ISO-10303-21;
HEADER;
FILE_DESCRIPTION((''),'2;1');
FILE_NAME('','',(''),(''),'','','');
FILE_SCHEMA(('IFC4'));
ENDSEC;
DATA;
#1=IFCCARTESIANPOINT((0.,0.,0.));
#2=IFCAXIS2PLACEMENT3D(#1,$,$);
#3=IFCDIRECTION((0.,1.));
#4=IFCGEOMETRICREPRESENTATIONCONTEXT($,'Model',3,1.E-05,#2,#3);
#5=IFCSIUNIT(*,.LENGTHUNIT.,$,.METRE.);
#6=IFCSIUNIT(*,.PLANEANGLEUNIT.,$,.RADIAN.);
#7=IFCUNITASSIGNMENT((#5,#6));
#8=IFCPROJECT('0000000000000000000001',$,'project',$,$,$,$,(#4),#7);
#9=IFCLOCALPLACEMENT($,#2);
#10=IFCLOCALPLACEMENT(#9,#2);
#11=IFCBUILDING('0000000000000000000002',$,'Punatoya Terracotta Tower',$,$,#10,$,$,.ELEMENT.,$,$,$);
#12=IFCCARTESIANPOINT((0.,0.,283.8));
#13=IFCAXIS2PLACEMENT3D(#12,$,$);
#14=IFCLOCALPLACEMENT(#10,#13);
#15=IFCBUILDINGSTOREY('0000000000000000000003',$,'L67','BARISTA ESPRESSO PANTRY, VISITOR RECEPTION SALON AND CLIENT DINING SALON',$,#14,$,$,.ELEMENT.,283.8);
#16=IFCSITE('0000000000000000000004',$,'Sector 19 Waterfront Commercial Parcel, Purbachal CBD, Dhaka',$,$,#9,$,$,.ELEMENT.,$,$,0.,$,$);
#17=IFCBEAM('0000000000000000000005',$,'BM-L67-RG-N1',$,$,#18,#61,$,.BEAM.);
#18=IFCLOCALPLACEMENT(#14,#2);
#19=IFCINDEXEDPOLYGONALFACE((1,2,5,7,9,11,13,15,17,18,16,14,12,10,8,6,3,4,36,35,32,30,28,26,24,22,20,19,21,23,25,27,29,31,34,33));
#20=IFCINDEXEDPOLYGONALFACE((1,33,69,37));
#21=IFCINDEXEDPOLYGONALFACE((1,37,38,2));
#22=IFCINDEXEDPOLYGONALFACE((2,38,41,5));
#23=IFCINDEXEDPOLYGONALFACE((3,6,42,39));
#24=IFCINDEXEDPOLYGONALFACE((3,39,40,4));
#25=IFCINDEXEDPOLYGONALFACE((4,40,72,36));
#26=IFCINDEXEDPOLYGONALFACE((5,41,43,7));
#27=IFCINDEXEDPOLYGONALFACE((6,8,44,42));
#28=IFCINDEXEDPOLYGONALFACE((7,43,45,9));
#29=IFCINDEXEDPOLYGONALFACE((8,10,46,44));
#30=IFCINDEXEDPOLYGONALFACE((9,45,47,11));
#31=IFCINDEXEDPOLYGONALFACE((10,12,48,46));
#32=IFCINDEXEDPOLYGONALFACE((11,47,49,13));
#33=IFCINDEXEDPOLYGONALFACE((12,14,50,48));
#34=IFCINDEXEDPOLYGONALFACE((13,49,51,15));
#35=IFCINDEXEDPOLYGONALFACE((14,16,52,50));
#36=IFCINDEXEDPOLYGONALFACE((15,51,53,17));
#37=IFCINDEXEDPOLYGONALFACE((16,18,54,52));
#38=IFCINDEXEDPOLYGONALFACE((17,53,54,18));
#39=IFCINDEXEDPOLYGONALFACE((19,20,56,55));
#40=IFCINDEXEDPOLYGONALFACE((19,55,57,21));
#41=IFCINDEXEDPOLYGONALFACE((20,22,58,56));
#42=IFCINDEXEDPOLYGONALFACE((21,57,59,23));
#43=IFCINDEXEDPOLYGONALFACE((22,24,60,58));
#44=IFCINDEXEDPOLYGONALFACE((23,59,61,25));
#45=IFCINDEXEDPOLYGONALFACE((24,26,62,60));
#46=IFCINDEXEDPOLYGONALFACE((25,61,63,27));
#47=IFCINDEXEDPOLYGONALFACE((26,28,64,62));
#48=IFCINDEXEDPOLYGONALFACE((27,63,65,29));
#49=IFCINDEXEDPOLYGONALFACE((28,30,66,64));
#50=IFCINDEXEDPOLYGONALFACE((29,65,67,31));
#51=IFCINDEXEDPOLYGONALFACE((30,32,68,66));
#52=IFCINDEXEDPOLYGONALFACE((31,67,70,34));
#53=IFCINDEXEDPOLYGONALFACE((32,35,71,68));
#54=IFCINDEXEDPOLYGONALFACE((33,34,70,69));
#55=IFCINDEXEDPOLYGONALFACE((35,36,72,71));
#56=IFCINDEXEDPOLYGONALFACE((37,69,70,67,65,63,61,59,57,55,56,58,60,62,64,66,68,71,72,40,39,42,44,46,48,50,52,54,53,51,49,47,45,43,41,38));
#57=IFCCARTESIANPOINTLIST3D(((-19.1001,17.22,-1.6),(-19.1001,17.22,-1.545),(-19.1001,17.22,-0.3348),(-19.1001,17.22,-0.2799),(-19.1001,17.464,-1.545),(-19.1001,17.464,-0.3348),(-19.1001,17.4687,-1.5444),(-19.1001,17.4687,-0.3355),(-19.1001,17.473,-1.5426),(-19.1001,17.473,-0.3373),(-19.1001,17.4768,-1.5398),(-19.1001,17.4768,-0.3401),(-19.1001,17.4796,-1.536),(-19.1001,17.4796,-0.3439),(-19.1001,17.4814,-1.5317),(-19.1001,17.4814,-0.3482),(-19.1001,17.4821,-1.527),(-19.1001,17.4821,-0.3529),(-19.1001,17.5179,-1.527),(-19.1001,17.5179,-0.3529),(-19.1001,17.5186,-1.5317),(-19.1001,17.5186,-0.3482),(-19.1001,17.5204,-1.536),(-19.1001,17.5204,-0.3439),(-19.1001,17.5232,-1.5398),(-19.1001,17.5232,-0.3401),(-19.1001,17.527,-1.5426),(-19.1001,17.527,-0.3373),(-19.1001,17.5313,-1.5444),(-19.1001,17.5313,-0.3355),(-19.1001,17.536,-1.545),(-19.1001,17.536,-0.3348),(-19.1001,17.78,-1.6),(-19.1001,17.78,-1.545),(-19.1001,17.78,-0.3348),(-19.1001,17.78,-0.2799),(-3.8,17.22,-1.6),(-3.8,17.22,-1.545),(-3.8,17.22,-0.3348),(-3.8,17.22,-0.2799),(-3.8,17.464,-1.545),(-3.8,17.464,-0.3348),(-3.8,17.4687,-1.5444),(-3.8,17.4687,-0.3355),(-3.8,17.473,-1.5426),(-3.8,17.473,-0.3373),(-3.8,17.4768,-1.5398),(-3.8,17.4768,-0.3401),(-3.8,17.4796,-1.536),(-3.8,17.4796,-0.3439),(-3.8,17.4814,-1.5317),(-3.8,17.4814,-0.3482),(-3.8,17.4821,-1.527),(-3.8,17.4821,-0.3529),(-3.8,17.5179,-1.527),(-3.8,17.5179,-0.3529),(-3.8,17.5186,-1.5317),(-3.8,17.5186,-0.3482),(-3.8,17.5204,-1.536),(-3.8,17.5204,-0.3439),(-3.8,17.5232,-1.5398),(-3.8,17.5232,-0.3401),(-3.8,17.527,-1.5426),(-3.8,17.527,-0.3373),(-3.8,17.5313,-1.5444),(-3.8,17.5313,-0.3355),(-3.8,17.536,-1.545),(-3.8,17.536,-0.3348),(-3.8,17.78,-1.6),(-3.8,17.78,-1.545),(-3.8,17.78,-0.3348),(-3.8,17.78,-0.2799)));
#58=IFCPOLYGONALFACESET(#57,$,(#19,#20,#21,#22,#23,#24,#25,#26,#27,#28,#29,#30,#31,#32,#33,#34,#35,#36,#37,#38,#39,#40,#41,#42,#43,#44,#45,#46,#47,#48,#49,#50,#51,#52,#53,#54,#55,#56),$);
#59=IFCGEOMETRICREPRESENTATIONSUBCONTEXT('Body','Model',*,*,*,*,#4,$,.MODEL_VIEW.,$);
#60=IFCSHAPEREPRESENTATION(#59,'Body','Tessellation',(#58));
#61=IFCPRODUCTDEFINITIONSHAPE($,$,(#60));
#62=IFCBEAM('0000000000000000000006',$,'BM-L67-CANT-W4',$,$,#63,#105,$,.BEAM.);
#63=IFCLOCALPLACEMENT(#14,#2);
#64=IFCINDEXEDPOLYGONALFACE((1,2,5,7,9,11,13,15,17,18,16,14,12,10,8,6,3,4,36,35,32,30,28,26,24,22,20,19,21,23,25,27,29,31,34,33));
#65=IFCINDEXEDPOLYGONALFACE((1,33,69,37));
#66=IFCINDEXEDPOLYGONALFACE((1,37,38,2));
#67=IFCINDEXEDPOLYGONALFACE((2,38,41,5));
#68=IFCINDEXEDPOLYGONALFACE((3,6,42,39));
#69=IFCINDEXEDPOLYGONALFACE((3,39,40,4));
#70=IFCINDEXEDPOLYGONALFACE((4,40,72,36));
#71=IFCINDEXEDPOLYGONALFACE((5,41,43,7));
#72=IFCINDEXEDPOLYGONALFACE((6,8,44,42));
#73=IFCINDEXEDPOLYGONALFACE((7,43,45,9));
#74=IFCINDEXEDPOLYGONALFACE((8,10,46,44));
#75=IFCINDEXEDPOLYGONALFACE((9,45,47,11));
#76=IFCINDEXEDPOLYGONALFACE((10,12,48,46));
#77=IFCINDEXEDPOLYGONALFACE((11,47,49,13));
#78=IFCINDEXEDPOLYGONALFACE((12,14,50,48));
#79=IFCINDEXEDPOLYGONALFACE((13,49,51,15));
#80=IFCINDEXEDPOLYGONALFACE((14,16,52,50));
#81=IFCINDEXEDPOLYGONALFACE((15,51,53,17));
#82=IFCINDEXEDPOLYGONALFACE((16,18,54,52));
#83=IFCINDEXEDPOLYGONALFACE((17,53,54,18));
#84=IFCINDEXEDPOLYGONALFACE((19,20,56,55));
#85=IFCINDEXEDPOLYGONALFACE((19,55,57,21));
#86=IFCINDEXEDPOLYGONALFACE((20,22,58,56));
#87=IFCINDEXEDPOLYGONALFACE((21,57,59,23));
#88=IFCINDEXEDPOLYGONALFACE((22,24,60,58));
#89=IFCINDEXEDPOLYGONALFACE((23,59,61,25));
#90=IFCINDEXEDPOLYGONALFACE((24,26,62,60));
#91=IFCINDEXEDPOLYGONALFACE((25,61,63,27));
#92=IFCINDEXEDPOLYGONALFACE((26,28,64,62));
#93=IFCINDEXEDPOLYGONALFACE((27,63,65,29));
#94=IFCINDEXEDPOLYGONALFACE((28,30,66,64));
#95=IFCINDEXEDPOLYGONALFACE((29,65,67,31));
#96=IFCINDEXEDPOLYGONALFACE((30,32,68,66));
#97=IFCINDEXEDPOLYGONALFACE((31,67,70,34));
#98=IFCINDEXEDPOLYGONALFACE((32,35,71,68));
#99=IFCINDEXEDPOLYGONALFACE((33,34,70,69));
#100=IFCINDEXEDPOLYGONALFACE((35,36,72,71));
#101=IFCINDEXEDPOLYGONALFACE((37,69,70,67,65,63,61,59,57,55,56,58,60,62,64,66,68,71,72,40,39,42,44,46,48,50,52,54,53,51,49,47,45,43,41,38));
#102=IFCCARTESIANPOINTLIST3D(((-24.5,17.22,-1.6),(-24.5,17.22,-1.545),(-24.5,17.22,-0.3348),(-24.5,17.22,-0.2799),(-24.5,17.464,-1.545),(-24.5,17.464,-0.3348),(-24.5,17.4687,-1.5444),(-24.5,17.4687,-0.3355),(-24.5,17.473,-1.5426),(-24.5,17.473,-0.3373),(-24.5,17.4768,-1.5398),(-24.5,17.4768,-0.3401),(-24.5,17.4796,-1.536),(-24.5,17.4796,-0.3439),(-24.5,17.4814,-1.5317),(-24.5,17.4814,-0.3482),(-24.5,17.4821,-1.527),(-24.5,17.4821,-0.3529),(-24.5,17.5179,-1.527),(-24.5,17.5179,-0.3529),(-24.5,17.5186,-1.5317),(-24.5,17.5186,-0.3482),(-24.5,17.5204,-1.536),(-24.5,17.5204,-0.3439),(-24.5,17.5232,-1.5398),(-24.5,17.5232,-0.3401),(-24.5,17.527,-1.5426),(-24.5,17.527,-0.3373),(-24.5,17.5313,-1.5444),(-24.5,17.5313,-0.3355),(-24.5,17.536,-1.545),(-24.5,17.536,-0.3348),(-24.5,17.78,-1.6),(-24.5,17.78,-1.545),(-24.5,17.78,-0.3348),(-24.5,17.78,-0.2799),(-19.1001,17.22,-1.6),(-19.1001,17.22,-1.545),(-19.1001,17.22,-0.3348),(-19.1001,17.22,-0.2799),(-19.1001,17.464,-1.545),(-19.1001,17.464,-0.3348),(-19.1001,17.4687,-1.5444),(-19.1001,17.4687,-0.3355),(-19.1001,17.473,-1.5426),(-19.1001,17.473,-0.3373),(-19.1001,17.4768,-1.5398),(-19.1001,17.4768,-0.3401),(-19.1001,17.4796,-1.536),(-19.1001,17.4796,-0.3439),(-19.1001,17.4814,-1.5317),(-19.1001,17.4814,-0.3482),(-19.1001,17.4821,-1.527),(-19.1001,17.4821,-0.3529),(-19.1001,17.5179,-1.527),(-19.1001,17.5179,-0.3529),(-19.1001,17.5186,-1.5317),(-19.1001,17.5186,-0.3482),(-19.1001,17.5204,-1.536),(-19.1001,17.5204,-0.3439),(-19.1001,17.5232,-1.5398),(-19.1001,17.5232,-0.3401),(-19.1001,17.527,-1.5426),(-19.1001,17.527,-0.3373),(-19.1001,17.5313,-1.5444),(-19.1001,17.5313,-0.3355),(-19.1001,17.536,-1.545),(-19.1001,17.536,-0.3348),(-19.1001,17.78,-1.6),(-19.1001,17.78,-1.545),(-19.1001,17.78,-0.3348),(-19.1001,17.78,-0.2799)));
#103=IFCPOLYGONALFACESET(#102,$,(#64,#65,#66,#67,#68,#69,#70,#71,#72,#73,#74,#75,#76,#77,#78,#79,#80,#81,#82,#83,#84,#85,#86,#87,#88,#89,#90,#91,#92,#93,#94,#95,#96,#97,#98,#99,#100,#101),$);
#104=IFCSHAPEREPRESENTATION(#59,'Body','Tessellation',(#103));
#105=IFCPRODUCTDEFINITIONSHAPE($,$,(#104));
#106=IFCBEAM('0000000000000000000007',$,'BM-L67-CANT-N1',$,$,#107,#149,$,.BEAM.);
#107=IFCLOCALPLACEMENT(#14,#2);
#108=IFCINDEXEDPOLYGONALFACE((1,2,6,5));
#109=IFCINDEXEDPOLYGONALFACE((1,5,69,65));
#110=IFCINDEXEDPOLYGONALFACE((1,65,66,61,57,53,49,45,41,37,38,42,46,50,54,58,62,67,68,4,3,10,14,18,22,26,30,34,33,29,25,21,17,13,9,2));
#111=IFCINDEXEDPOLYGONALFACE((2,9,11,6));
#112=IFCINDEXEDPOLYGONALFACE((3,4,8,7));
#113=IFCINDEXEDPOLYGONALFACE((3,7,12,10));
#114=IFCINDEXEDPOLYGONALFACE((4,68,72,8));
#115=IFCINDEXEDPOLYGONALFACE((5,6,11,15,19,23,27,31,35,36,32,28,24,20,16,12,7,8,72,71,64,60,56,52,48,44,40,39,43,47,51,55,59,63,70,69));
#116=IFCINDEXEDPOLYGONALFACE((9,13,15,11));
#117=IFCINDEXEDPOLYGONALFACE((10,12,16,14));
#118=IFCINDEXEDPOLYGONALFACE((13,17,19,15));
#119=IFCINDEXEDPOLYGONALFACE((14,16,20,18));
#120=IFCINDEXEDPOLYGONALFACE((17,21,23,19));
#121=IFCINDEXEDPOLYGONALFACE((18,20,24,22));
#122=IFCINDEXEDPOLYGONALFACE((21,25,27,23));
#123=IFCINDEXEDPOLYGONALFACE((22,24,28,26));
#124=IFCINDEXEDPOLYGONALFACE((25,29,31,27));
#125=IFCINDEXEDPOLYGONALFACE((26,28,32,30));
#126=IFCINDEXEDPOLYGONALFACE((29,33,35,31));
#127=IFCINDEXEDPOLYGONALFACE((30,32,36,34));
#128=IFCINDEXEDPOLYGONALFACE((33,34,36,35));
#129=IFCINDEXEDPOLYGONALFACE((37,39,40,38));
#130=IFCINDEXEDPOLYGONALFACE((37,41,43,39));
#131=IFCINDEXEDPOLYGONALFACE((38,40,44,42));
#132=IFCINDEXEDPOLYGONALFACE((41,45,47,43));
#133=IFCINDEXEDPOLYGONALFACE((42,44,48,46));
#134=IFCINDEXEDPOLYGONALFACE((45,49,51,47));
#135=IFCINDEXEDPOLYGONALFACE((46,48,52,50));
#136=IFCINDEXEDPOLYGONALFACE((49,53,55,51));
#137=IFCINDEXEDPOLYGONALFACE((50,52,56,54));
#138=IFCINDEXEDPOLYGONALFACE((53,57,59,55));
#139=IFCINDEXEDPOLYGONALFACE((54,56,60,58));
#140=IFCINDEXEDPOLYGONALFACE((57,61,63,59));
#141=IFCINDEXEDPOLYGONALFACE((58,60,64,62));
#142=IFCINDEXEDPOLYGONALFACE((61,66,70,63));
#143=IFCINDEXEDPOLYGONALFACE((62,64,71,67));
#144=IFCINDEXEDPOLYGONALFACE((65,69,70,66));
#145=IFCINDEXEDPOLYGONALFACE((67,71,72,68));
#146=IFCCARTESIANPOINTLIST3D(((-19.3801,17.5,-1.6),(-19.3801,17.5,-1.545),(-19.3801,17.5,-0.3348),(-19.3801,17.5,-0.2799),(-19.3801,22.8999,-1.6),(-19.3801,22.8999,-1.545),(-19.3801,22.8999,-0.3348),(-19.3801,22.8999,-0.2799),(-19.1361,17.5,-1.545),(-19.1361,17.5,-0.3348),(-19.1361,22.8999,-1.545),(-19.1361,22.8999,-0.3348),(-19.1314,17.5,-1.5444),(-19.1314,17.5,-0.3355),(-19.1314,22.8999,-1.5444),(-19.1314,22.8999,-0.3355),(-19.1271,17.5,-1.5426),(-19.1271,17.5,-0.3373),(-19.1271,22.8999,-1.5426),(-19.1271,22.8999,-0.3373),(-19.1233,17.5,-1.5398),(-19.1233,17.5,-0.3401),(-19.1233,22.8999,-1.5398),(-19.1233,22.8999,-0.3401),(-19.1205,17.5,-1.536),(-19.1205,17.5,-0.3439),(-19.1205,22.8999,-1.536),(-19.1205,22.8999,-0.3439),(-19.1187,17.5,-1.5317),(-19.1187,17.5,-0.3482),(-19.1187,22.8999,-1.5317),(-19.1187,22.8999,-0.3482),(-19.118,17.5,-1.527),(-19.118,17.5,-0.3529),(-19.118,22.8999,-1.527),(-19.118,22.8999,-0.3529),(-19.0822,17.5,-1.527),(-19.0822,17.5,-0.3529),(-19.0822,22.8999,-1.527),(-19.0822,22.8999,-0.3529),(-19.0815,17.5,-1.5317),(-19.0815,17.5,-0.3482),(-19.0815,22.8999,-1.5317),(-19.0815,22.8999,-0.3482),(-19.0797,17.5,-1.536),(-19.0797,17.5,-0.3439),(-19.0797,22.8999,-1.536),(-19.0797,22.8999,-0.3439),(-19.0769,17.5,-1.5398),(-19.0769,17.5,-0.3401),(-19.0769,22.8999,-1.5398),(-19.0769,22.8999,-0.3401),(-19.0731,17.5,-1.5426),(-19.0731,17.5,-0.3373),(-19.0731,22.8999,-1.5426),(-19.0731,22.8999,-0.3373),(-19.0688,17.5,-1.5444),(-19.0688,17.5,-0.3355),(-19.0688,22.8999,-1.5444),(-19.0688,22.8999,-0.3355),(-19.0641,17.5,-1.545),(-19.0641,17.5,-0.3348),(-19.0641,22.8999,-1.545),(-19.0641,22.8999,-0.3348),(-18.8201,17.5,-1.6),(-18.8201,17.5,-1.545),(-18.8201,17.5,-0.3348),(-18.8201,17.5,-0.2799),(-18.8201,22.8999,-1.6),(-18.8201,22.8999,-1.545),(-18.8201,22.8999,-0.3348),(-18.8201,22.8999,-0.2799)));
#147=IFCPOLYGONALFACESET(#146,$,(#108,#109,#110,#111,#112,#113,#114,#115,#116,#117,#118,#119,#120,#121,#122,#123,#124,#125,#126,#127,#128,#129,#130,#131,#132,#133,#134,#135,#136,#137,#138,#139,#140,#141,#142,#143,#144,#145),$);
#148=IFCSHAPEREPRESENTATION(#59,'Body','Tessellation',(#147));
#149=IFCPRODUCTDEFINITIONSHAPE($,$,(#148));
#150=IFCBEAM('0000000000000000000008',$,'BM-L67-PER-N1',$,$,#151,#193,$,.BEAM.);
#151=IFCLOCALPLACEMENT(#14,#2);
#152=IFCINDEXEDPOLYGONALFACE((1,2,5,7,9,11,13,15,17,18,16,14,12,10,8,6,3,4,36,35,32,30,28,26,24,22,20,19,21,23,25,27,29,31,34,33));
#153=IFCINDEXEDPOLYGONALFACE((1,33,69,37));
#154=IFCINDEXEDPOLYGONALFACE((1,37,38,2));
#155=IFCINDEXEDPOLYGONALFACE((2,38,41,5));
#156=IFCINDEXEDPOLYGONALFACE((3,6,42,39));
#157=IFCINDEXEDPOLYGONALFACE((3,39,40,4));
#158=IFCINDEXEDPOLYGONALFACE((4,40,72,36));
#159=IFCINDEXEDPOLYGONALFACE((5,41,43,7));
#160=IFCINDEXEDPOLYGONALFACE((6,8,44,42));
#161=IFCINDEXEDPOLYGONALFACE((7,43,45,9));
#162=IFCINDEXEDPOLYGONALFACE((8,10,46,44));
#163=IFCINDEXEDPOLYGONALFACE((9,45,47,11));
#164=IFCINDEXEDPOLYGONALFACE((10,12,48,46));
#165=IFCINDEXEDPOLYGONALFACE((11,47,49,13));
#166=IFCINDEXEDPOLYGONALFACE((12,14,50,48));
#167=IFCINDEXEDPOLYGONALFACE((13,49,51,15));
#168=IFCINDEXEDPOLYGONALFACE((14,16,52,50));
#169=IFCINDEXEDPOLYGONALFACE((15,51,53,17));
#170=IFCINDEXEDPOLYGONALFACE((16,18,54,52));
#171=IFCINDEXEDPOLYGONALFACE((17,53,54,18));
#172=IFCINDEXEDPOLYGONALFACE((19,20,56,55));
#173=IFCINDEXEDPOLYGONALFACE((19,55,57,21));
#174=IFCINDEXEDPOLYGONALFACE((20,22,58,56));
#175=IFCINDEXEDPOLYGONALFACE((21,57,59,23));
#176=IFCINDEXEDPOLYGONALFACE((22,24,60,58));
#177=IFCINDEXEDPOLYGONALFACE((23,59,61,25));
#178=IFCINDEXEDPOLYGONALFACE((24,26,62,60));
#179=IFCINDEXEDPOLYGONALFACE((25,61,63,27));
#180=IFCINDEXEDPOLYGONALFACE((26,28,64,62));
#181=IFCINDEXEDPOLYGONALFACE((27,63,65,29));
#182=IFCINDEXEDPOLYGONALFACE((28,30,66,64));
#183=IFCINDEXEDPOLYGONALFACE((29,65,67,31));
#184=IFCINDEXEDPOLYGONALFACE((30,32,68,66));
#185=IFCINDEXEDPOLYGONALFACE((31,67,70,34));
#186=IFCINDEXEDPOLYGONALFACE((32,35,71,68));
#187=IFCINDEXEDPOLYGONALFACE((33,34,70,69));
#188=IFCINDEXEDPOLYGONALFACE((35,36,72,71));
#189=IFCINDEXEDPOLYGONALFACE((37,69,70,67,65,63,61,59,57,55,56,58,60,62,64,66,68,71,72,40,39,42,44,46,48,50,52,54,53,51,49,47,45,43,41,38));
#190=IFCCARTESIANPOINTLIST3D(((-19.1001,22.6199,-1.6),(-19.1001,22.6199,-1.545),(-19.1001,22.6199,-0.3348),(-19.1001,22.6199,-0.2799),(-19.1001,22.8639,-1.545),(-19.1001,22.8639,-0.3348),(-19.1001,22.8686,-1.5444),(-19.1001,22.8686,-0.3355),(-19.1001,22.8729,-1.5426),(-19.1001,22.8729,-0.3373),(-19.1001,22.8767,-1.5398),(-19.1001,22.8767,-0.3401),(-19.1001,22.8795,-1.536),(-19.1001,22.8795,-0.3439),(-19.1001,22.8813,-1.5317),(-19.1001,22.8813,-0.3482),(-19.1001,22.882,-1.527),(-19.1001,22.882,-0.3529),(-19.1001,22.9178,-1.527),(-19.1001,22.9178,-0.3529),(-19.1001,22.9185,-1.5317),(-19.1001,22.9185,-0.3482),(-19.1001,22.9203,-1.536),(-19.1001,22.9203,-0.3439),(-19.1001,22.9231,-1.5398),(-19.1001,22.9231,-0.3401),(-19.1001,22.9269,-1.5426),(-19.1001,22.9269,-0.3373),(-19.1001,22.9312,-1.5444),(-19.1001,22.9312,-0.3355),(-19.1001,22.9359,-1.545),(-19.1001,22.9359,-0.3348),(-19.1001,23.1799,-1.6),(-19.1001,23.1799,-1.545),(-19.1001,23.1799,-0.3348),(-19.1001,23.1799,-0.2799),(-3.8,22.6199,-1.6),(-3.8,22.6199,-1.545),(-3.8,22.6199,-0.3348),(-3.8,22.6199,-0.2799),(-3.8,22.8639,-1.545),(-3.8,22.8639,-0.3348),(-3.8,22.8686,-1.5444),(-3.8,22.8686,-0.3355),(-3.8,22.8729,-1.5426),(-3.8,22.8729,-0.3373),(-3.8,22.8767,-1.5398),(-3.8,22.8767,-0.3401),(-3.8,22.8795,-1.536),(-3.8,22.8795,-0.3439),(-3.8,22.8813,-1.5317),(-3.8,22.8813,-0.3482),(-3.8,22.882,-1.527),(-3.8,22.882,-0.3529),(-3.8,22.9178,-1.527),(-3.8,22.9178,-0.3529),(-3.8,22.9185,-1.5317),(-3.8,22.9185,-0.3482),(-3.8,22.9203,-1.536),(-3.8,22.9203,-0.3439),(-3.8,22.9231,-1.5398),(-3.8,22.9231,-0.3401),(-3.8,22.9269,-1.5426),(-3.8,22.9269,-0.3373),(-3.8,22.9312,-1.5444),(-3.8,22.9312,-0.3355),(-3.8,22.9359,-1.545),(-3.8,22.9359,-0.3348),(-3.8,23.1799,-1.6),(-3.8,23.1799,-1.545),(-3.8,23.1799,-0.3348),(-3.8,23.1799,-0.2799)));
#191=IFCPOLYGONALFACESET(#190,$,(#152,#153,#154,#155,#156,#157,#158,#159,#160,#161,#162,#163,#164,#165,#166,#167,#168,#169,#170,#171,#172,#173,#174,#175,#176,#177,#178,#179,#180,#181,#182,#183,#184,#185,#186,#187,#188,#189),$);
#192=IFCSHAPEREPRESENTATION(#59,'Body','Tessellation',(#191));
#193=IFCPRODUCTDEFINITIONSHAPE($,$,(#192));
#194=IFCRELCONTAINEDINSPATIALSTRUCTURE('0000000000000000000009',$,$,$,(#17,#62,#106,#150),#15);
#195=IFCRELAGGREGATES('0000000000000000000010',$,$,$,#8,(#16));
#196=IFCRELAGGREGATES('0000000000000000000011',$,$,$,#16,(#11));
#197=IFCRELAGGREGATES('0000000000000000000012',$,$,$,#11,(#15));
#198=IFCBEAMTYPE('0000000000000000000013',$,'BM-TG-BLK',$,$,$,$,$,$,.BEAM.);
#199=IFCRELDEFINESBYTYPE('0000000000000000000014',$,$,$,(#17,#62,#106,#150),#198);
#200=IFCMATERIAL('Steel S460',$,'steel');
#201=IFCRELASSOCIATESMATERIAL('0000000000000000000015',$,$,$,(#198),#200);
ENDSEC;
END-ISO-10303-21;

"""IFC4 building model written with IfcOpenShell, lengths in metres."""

from ifc_helpers import new_model, si_unit, direction, frame, origin, origin_2d, place, context, subcontext, project, spatial, i_section, extrude, material, material_profile, profile_set, type_object, element, save


model = new_model("IFC4")

# Units and contexts
model_context = context("Model", 3, precision=1e-05, world=origin(), true_north=direction((0.0, 1.0)))
body_context = subcontext(model_context, "Body", "Model", "MODEL_VIEW")
ifc_project = project(units=[si_unit("LENGTHUNIT", "METRE"), si_unit("PLANEANGLEUNIT", "RADIAN")], contexts=[model_context])

# Site, building, storey
site_placement = place(None, origin())
site = spatial("IfcSite", under=ifc_project, at=site_placement, Name="Sector 19 Waterfront Commercial Parcel, Purbachal CBD, Dhaka", CompositionType="ELEMENT", RefElevation=0.0)
building_placement = place(site_placement, origin())
building = spatial("IfcBuilding", under=site, at=building_placement, Name="Punatoya Terracotta Tower", CompositionType="ELEMENT")
storey_placement = place(building_placement, frame((0.0, 0.0, 283.8)))
storey = spatial("IfcBuildingStorey", under=building, at=storey_placement, Name="L67", Description="BARISTA ESPRESSO PANTRY, VISITOR RECEPTION SALON AND CLIENT DINING SALON", CompositionType="ELEMENT", Elevation=283.8)

# Shared definitions
ifc_material_1 = material(Name="Steel S460", Category="steel")

# Beams
ifc_material_profile_1 = material_profile(ifc_material_1, i_section(OverallWidth=0.5601, OverallDepth=1.3201, WebThickness=0.0359, FlangeThickness=0.0549, FilletRadius=0.0181, at=origin_2d()))
ifc_profile_set_1 = profile_set([ifc_material_profile_1], Name="Steel S460")
beam_type_1 = type_object("IfcBeamType", Name="BM-TG-BLK", PredefinedType="BEAM", material=ifc_profile_set_1)
beam_1_placement = place(storey_placement, frame((-19.1001, 17.5, -0.9399), z_axis=(1.0, 0.0, 0.0), x_axis=(0.0, 1.0, 0.0)))
element("IfcBeam", 1, at=beam_1_placement, inside=storey, type_object=beam_type_1, Name="BM-L67-RG-N1", PredefinedType="BEAM", context=body_context, shape_type="SweptSolid", body=[
    extrude(i_section(OverallWidth=0.5601, OverallDepth=1.3201, WebThickness=0.0359, FlangeThickness=0.0549, FilletRadius=0.0181, at=origin_2d()), origin(), (0.0, 0.0, 1.0), 15.3),
])
for number, where, z_axis, x_axis, name in (
    (2, (-24.5, 17.5, -0.9399), (1.0, 0.0, 0.0), (0.0, 1.0, 0.0), "BM-L67-CANT-W4"),
    (3, (-19.1001, 17.5, -0.9399), (0.0, 1.0, 0.0), (-1.0, 0.0, 0.0), "BM-L67-CANT-N1"),
):
    element("IfcBeam", number, at=place(storey_placement, frame(where, z_axis=z_axis, x_axis=x_axis)), inside=storey, type_object=beam_type_1, Name=name, PredefinedType="BEAM", context=body_context, shape_type="SweptSolid", body=[
        extrude(i_section(OverallWidth=0.5601, OverallDepth=1.3201, WebThickness=0.0359, FlangeThickness=0.0549, FilletRadius=0.0181, at=origin_2d()), origin(), (0.0, 0.0, 1.0), 5.3999),
    ])
beam_2_placement = place(storey_placement, frame((-19.1001, 22.8999, -0.9399), z_axis=(1.0, 0.0, 0.0), x_axis=(0.0, 1.0, 0.0)))
element("IfcBeam", 4, at=beam_2_placement, inside=storey, type_object=beam_type_1, Name="BM-L67-PER-N1", PredefinedType="BEAM", context=body_context, shape_type="SweptSolid", body=[
    extrude(i_section(OverallWidth=0.5601, OverallDepth=1.3201, WebThickness=0.0359, FlangeThickness=0.0549, FilletRadius=0.0181, at=origin_2d()), origin(), (0.0, 0.0, 1.0), 15.3),
])

save(model, "model.ifc")
